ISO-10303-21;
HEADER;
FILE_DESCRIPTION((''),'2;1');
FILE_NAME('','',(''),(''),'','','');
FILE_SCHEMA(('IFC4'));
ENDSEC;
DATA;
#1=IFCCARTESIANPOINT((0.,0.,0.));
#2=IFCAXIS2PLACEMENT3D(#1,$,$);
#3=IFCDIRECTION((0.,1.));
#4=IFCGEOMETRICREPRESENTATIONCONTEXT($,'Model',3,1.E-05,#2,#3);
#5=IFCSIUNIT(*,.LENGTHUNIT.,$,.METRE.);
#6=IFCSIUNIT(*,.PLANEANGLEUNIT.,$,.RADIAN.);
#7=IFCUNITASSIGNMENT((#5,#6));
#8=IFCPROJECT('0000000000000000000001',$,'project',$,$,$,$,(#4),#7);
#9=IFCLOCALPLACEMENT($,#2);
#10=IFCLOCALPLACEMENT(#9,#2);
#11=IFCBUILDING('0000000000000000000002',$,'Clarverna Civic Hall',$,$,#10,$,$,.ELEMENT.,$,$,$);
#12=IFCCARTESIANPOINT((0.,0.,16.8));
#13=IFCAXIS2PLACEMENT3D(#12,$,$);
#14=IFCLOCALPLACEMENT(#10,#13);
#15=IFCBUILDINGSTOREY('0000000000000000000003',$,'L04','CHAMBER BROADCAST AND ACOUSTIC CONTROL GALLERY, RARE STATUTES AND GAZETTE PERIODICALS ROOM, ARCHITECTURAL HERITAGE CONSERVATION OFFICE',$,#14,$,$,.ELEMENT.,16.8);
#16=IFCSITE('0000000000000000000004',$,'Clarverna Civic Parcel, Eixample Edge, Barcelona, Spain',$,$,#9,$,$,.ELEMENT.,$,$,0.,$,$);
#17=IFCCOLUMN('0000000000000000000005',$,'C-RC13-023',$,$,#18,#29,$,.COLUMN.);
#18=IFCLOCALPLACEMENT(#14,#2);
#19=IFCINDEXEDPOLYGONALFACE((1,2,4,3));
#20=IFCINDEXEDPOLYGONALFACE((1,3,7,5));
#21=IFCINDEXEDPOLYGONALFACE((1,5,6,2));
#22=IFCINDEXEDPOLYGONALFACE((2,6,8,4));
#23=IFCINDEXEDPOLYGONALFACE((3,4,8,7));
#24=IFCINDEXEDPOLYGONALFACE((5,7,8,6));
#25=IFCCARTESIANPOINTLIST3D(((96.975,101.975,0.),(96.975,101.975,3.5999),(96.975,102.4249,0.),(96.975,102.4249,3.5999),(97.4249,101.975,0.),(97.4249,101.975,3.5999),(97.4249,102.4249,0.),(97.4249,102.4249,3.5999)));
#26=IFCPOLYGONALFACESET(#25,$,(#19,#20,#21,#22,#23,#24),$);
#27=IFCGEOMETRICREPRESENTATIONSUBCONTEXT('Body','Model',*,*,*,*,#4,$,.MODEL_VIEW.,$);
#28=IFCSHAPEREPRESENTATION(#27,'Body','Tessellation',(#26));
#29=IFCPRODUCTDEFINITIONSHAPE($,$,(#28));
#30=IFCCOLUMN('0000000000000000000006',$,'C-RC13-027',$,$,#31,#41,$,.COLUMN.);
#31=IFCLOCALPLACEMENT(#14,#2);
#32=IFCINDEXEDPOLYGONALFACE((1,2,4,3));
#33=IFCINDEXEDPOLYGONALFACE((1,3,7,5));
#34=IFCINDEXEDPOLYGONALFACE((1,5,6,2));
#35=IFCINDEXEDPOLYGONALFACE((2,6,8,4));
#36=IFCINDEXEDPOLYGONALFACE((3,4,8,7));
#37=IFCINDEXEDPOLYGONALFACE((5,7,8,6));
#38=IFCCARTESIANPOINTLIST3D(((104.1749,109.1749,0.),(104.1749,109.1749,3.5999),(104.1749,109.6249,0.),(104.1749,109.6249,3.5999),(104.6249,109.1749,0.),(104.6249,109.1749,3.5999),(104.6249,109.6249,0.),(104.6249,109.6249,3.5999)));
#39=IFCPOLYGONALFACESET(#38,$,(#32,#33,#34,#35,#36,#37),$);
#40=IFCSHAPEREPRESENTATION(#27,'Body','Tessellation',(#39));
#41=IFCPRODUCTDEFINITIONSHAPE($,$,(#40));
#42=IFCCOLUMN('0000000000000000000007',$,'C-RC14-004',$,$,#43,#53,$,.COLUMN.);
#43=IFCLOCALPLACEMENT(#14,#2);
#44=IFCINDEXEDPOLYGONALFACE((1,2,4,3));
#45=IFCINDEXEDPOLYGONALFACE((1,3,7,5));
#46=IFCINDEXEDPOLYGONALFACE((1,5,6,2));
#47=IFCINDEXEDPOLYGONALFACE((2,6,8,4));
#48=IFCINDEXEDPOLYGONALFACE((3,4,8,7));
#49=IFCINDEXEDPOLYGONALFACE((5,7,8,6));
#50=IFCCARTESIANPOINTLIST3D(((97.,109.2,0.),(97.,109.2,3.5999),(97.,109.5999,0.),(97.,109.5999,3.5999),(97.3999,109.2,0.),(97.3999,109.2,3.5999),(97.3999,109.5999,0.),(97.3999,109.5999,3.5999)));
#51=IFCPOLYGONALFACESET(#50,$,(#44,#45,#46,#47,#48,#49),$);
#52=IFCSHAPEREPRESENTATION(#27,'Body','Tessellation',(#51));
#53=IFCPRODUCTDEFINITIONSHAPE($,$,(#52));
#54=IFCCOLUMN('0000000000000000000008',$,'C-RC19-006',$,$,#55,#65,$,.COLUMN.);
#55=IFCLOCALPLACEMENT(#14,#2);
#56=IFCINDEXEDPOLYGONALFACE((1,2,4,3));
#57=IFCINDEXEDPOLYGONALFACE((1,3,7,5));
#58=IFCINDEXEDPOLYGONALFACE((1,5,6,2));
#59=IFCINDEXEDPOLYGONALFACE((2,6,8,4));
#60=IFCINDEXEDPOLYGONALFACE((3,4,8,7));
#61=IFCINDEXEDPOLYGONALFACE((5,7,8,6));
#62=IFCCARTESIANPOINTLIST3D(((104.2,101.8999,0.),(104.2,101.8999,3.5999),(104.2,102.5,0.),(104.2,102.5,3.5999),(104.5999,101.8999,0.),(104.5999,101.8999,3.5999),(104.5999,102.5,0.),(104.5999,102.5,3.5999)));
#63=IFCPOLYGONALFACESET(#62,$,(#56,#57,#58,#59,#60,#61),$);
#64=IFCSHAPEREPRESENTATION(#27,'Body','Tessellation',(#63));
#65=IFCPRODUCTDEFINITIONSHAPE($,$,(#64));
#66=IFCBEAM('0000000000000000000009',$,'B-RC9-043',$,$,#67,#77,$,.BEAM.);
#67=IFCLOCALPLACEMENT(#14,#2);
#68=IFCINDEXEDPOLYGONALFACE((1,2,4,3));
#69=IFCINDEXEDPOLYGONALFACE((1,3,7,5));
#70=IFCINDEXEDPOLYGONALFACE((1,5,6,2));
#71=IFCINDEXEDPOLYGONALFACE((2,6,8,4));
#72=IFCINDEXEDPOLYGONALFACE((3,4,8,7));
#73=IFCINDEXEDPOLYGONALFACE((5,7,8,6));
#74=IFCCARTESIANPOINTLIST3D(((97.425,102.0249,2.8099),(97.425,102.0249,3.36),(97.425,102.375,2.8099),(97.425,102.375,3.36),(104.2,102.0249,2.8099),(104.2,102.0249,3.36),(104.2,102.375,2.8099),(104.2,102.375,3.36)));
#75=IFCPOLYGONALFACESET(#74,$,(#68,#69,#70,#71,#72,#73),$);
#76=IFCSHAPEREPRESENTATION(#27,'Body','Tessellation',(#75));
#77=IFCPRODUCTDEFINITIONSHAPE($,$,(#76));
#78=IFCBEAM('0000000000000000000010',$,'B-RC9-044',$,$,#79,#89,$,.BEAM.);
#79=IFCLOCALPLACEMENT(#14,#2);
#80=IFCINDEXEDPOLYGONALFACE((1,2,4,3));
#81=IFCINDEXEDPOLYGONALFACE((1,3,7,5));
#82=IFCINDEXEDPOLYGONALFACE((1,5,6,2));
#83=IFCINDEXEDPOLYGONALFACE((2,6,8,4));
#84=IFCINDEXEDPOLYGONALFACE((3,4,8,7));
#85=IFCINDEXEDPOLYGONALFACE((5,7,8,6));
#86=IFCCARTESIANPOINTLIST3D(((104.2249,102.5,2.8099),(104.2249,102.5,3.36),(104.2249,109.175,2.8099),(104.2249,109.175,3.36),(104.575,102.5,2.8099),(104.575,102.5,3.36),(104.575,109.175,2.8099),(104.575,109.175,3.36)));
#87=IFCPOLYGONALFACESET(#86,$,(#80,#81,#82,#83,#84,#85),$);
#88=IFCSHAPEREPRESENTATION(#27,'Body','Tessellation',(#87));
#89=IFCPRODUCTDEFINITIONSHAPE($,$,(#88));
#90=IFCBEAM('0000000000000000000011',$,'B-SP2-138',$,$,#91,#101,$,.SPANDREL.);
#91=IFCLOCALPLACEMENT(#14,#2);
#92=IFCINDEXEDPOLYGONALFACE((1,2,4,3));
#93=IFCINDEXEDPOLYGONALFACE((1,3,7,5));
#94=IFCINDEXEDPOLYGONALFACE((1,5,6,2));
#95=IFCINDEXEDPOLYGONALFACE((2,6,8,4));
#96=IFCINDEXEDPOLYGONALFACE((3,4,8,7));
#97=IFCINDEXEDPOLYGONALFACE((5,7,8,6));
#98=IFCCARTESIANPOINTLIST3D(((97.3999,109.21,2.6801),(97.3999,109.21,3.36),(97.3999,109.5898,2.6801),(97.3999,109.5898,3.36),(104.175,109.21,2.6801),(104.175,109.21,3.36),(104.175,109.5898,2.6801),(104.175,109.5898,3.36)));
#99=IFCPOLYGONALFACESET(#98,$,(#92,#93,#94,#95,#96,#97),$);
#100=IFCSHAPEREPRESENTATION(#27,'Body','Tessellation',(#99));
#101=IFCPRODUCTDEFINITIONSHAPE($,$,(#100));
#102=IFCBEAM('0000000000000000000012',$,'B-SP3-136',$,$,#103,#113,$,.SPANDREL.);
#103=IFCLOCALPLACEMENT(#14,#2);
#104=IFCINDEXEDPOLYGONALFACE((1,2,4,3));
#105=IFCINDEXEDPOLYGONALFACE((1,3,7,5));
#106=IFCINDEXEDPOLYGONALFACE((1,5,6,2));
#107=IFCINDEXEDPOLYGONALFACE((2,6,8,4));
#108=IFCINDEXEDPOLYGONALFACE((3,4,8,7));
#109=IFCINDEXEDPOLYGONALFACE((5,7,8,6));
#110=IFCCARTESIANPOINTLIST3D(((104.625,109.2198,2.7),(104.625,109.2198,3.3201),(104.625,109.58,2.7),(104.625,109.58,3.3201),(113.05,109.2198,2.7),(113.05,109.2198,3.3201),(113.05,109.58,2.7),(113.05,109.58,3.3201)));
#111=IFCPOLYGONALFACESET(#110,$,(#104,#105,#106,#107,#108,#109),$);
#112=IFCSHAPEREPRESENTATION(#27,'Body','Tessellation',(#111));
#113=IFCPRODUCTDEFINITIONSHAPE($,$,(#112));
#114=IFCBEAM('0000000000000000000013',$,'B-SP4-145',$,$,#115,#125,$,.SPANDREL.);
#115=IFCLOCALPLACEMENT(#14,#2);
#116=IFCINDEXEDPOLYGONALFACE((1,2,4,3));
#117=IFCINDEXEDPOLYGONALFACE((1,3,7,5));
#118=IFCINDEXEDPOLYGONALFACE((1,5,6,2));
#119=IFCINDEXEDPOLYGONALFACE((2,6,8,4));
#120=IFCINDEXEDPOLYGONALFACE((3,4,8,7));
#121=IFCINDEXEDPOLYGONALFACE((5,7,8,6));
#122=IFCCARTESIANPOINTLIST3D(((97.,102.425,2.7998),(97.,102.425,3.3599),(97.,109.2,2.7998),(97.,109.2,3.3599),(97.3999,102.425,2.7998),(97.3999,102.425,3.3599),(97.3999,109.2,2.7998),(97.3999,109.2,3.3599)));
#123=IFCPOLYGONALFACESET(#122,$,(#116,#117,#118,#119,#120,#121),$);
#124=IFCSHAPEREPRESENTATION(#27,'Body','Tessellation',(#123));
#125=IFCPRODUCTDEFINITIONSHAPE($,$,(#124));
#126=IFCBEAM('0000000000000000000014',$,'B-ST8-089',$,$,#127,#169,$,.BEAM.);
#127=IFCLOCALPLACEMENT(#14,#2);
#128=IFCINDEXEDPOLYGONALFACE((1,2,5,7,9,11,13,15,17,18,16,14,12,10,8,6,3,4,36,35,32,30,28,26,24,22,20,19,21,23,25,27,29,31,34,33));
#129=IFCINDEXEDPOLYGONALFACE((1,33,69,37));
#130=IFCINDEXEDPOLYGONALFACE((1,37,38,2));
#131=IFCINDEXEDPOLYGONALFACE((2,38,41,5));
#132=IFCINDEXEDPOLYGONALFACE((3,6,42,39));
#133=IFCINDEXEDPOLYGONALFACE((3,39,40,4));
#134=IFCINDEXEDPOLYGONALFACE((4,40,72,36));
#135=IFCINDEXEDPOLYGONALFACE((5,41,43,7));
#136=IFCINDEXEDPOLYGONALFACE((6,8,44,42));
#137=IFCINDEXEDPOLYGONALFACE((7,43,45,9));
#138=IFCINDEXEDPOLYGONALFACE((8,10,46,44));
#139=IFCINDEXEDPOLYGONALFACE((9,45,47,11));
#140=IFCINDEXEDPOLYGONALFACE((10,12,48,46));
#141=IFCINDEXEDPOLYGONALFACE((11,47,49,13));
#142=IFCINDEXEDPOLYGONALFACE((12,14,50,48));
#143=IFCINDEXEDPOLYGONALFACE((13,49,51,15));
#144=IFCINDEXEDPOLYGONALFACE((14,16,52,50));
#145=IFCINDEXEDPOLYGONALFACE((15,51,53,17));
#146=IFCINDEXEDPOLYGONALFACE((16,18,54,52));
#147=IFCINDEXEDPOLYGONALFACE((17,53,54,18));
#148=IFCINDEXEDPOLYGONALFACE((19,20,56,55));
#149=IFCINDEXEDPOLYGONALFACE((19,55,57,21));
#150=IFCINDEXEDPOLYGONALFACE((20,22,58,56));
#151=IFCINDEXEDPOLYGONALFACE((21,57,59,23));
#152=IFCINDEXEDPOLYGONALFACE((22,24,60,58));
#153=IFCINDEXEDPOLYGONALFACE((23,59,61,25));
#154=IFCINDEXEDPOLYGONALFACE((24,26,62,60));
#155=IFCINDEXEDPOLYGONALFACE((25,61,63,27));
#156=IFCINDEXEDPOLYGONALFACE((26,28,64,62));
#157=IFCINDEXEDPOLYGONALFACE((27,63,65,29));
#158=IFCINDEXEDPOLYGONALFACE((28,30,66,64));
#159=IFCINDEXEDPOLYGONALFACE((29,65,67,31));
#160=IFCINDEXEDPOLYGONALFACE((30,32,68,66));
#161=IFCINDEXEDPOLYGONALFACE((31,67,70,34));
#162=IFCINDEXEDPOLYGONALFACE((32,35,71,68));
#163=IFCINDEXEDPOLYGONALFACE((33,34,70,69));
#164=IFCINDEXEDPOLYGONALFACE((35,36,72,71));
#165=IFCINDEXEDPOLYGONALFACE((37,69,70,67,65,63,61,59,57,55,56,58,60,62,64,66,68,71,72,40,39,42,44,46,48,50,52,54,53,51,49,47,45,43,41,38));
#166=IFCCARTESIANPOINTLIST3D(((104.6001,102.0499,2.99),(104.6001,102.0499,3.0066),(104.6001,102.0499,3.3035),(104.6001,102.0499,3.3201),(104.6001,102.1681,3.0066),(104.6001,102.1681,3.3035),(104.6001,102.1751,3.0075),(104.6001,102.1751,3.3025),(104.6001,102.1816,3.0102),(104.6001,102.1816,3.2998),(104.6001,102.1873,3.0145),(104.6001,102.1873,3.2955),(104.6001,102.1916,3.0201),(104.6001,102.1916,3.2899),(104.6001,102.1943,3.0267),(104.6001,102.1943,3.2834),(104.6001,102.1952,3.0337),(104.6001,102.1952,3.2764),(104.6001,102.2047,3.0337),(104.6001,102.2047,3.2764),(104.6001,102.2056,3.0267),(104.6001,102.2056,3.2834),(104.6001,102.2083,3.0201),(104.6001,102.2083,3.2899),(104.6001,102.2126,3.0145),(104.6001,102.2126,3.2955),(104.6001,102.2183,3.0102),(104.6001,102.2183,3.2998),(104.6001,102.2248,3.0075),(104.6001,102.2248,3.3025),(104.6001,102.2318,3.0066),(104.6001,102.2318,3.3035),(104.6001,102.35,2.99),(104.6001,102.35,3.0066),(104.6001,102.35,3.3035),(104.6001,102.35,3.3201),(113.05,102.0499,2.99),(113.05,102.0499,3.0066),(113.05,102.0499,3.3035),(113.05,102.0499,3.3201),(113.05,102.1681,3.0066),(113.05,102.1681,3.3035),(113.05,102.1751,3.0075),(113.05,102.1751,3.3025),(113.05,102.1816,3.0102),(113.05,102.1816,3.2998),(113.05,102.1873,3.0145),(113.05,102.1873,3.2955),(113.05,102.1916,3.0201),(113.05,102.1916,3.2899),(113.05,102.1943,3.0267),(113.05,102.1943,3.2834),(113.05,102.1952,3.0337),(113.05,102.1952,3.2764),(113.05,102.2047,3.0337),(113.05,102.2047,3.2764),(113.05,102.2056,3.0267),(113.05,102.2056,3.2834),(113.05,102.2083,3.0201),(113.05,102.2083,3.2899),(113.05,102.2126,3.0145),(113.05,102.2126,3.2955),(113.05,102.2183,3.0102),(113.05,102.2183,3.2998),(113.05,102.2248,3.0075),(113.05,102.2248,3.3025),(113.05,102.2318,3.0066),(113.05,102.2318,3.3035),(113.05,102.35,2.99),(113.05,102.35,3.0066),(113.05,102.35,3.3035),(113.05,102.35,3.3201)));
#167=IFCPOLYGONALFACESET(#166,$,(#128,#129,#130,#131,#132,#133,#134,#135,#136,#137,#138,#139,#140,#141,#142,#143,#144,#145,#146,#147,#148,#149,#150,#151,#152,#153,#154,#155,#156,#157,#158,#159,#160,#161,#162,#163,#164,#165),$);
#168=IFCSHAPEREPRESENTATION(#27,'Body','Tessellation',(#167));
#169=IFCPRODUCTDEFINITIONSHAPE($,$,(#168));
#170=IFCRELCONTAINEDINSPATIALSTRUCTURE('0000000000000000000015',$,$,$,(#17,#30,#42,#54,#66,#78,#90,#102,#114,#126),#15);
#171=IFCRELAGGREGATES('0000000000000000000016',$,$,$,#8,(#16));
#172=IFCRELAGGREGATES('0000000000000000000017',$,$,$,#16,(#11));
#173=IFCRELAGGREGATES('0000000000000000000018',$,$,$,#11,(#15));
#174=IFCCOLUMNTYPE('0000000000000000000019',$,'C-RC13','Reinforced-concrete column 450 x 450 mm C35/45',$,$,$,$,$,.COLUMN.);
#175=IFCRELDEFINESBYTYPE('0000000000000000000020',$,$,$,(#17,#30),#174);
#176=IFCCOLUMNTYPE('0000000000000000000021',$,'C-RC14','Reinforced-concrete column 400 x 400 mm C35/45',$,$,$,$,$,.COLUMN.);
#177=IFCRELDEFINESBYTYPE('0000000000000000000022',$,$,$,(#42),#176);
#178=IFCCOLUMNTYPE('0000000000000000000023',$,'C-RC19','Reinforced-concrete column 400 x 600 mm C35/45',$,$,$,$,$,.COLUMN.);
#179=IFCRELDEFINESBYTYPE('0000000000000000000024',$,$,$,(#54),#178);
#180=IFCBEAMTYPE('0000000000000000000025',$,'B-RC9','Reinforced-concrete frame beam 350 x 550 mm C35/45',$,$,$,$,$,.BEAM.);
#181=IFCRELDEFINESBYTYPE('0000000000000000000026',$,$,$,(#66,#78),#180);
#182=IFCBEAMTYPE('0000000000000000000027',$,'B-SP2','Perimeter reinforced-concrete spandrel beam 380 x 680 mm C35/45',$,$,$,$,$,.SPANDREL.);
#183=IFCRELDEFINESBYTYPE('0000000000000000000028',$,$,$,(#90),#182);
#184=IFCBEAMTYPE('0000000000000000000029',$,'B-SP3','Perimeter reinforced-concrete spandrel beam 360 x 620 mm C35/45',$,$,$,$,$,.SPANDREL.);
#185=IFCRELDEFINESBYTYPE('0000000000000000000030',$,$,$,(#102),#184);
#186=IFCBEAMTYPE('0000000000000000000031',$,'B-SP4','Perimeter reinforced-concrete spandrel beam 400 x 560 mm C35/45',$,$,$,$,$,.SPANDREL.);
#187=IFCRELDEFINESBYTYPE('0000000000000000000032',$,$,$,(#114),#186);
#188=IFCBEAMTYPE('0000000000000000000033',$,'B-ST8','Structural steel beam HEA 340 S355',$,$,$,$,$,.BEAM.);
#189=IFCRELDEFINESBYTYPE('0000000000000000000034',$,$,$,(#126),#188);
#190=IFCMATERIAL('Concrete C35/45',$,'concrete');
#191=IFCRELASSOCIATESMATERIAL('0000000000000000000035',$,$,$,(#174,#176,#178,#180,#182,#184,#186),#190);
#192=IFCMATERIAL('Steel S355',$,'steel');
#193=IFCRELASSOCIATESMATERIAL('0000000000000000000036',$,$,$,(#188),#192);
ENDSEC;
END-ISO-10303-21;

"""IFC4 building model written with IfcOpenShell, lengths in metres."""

from ifc_helpers import new_model, si_unit, direction, frame, origin, origin_2d, place, context, subcontext, project, spatial, rectangle, i_section, extrude, material, material_profile, profile_set, type_object, element, save


model = new_model("IFC4")

# Units and contexts
model_context = context("Model", 3, precision=1e-05, world=origin(), true_north=direction((0.0, 1.0)))
body_context = subcontext(model_context, "Body", "Model", "MODEL_VIEW")
ifc_project = project(units=[si_unit("LENGTHUNIT", "METRE"), si_unit("PLANEANGLEUNIT", "RADIAN")], contexts=[model_context])

# Site, building, storey
site_placement = place(None, origin())
site = spatial("IfcSite", under=ifc_project, at=site_placement, Name="Clarverna Civic Parcel, Eixample Edge, Barcelona, Spain", CompositionType="ELEMENT", RefElevation=0.0)
building_placement = place(site_placement, origin())
building = spatial("IfcBuilding", under=site, at=building_placement, Name="Clarverna Civic Hall", CompositionType="ELEMENT")
storey_placement = place(building_placement, frame((0.0, 0.0, 16.8)))
storey = spatial("IfcBuildingStorey", under=building, at=storey_placement, Name="L04", Description="CHAMBER BROADCAST AND ACOUSTIC CONTROL GALLERY, RARE STATUTES AND GAZETTE PERIODICALS ROOM, ARCHITECTURAL HERITAGE CONSERVATION OFFICE", CompositionType="ELEMENT", Elevation=16.8)

# Columns
ifc_material_1 = material(Name="Concrete C35/45", Category="concrete")
ifc_material_profile_1 = material_profile(ifc_material_1, rectangle(XDim=0.45, YDim=0.45, at=origin_2d()), Name="RC 450x450")
ifc_profile_set_1 = profile_set([ifc_material_profile_1], Name="Concrete C35/45")
column_type_1 = type_object("IfcColumnType", Name="C-RC13", Description="Reinforced-concrete column 450 x 450 mm C35/45", PredefinedType="COLUMN", material=ifc_profile_set_1)
for number, where, z_axis, x_axis, name in (
    (1, (97.2, 102.2, 0.0), (0.0, 0.0, 1.0), (1.0, 0.0, 0.0), "C-RC13-023"),
    (2, (104.3999, 109.3999, 0.0), (0.0, 0.0, 1.0), (1.0, 0.0, 0.0), "C-RC13-027"),
):
    element("IfcColumn", number, at=place(storey_placement, frame(where, z_axis=z_axis, x_axis=x_axis)), inside=storey, type_object=column_type_1, Name=name, PredefinedType="COLUMN", context=body_context, shape_type="SweptSolid", body=[
        extrude(rectangle(XDim=0.45, YDim=0.45, at=origin_2d()), origin(), (0.0, 0.0, 1.0), 3.5999),
    ])
ifc_material_profile_2 = material_profile(ifc_material_1, rectangle(XDim=0.3999, YDim=0.3999, at=origin_2d()), Name="RC 400x400")
ifc_profile_set_2 = profile_set([ifc_material_profile_2], Name="Concrete C35/45")
column_type_2 = type_object("IfcColumnType", Name="C-RC14", Description="Reinforced-concrete column 400 x 400 mm C35/45", PredefinedType="COLUMN", material=ifc_profile_set_2)
column_1_placement = place(storey_placement, frame((97.2, 109.3999, 0.0), z_axis=(0.0, 0.0, 1.0), x_axis=(1.0, 0.0, 0.0)))
element("IfcColumn", 3, at=column_1_placement, inside=storey, type_object=column_type_2, Name="C-RC14-004", PredefinedType="COLUMN", context=body_context, shape_type="SweptSolid", body=[
    extrude(rectangle(XDim=0.3999, YDim=0.3999, at=origin_2d()), origin(), (0.0, 0.0, 1.0), 3.5999),
])
ifc_material_profile_3 = material_profile(ifc_material_1, rectangle(XDim=0.3999, YDim=0.6001, at=origin_2d()), Name="RC 400x600")
ifc_profile_set_3 = profile_set([ifc_material_profile_3], Name="Concrete C35/45")
column_type_3 = type_object("IfcColumnType", Name="C-RC19", Description="Reinforced-concrete column 400 x 600 mm C35/45", PredefinedType="COLUMN", material=ifc_profile_set_3)
column_2_placement = place(storey_placement, frame((104.3999, 102.2, 0.0), z_axis=(0.0, 0.0, 1.0), x_axis=(1.0, 0.0, 0.0)))
element("IfcColumn", 4, at=column_2_placement, inside=storey, type_object=column_type_3, Name="C-RC19-006", PredefinedType="COLUMN", context=body_context, shape_type="SweptSolid", body=[
    extrude(rectangle(XDim=0.3999, YDim=0.6001, at=origin_2d()), origin(), (0.0, 0.0, 1.0), 3.5999),
])

# Beams
ifc_material_profile_4 = material_profile(ifc_material_1, rectangle(XDim=0.3501, YDim=0.55, at=origin_2d()), Name="RC 350x550")
ifc_profile_set_4 = profile_set([ifc_material_profile_4], Name="Concrete C35/45")
beam_type_1 = type_object("IfcBeamType", Name="B-RC9", Description="Reinforced-concrete frame beam 350 x 550 mm C35/45", PredefinedType="BEAM", material=ifc_profile_set_4)
beam_1_placement = place(storey_placement, frame((97.425, 102.2, 3.085), z_axis=(1.0, 0.0, 0.0), x_axis=(0.0, 1.0, 0.0)))
element("IfcBeam", 5, at=beam_1_placement, inside=storey, type_object=beam_type_1, Name="B-RC9-043", PredefinedType="BEAM", context=body_context, shape_type="SweptSolid", body=[
    extrude(rectangle(XDim=0.3501, YDim=0.55, at=origin_2d()), origin(), (0.0, 0.0, 1.0), 6.7749),
])
beam_2_placement = place(storey_placement, frame((104.3999, 102.5, 3.085), z_axis=(0.0, 1.0, 0.0), x_axis=(-1.0, 0.0, 0.0)))
element("IfcBeam", 6, at=beam_2_placement, inside=storey, type_object=beam_type_1, Name="B-RC9-044", PredefinedType="BEAM", context=body_context, shape_type="SweptSolid", body=[
    extrude(rectangle(XDim=0.3501, YDim=0.55, at=origin_2d()), origin(), (0.0, 0.0, 1.0), 6.675),
])
ifc_material_profile_5 = material_profile(ifc_material_1, rectangle(XDim=0.3799, YDim=0.6799, at=origin_2d()), Name="RC 380x680")
ifc_profile_set_5 = profile_set([ifc_material_profile_5], Name="Concrete C35/45")
beam_type_2 = type_object("IfcBeamType", Name="B-SP2", Description="Perimeter reinforced-concrete spandrel beam 380 x 680 mm C35/45", PredefinedType="SPANDREL", material=ifc_profile_set_5)
beam_3_placement = place(storey_placement, frame((97.3999, 109.3999, 3.02), z_axis=(1.0, 0.0, 0.0), x_axis=(0.0, 1.0, 0.0)))
element("IfcBeam", 7, at=beam_3_placement, inside=storey, type_object=beam_type_2, Name="B-SP2-138", PredefinedType="SPANDREL", context=body_context, shape_type="SweptSolid", body=[
    extrude(rectangle(XDim=0.3799, YDim=0.6799, at=origin_2d()), origin(), (0.0, 0.0, 1.0), 6.7751),
])
ifc_material_profile_6 = material_profile(ifc_material_1, rectangle(XDim=0.3601, YDim=0.6201, at=origin_2d()), Name="RC 360x620")
ifc_profile_set_6 = profile_set([ifc_material_profile_6], Name="Concrete C35/45")
beam_type_3 = type_object("IfcBeamType", Name="B-SP3", Description="Perimeter reinforced-concrete spandrel beam 360 x 620 mm C35/45", PredefinedType="SPANDREL", material=ifc_profile_set_6)
beam_4_placement = place(storey_placement, frame((104.625, 109.3999, 3.01), z_axis=(1.0, 0.0, 0.0), x_axis=(0.0, 1.0, 0.0)))
element("IfcBeam", 8, at=beam_4_placement, inside=storey, type_object=beam_type_3, Name="B-SP3-136", PredefinedType="SPANDREL", context=body_context, shape_type="SweptSolid", body=[
    extrude(rectangle(XDim=0.3601, YDim=0.6201, at=origin_2d()), origin(), (0.0, 0.0, 1.0), 8.425),
])
ifc_material_profile_7 = material_profile(ifc_material_1, rectangle(XDim=0.3999, YDim=0.5601, at=origin_2d()), Name="RC 400x560")
ifc_profile_set_7 = profile_set([ifc_material_profile_7], Name="Concrete C35/45")
beam_type_4 = type_object("IfcBeamType", Name="B-SP4", Description="Perimeter reinforced-concrete spandrel beam 400 x 560 mm C35/45", PredefinedType="SPANDREL", material=ifc_profile_set_7)
beam_5_placement = place(storey_placement, frame((97.2, 102.425, 3.0798), z_axis=(0.0, 1.0, 0.0), x_axis=(-1.0, 0.0, 0.0)))
element("IfcBeam", 9, at=beam_5_placement, inside=storey, type_object=beam_type_4, Name="B-SP4-145", PredefinedType="SPANDREL", context=body_context, shape_type="SweptSolid", body=[
    extrude(rectangle(XDim=0.3999, YDim=0.5601, at=origin_2d()), origin(), (0.0, 0.0, 1.0), 6.7749),
])
ifc_material_2 = material(Name="Steel S355", Category="steel")
ifc_material_profile_8 = material_profile(ifc_material_2, i_section(OverallWidth=0.3, OverallDepth=0.3301, WebThickness=0.0095, FlangeThickness=0.0166, FilletRadius=0.0271, at=origin_2d()), Name="HEA 340")
ifc_profile_set_8 = profile_set([ifc_material_profile_8], Name="Steel S355")
beam_type_5 = type_object("IfcBeamType", Name="B-ST8", Description="Structural steel beam HEA 340 S355", PredefinedType="BEAM", material=ifc_profile_set_8)
beam_6_placement = place(storey_placement, frame((104.6001, 102.2, 3.155), z_axis=(1.0, 0.0, 0.0), x_axis=(0.0, 1.0, 0.0)))
element("IfcBeam", 10, at=beam_6_placement, inside=storey, type_object=beam_type_5, Name="B-ST8-089", PredefinedType="BEAM", context=body_context, shape_type="SweptSolid", body=[
    extrude(i_section(OverallWidth=0.3, OverallDepth=0.3301, WebThickness=0.0095, FlangeThickness=0.0166, FilletRadius=0.0271, at=origin_2d()), origin(), (0.0, 0.0, 1.0), 8.45),
])

save(model, "model.ifc")
